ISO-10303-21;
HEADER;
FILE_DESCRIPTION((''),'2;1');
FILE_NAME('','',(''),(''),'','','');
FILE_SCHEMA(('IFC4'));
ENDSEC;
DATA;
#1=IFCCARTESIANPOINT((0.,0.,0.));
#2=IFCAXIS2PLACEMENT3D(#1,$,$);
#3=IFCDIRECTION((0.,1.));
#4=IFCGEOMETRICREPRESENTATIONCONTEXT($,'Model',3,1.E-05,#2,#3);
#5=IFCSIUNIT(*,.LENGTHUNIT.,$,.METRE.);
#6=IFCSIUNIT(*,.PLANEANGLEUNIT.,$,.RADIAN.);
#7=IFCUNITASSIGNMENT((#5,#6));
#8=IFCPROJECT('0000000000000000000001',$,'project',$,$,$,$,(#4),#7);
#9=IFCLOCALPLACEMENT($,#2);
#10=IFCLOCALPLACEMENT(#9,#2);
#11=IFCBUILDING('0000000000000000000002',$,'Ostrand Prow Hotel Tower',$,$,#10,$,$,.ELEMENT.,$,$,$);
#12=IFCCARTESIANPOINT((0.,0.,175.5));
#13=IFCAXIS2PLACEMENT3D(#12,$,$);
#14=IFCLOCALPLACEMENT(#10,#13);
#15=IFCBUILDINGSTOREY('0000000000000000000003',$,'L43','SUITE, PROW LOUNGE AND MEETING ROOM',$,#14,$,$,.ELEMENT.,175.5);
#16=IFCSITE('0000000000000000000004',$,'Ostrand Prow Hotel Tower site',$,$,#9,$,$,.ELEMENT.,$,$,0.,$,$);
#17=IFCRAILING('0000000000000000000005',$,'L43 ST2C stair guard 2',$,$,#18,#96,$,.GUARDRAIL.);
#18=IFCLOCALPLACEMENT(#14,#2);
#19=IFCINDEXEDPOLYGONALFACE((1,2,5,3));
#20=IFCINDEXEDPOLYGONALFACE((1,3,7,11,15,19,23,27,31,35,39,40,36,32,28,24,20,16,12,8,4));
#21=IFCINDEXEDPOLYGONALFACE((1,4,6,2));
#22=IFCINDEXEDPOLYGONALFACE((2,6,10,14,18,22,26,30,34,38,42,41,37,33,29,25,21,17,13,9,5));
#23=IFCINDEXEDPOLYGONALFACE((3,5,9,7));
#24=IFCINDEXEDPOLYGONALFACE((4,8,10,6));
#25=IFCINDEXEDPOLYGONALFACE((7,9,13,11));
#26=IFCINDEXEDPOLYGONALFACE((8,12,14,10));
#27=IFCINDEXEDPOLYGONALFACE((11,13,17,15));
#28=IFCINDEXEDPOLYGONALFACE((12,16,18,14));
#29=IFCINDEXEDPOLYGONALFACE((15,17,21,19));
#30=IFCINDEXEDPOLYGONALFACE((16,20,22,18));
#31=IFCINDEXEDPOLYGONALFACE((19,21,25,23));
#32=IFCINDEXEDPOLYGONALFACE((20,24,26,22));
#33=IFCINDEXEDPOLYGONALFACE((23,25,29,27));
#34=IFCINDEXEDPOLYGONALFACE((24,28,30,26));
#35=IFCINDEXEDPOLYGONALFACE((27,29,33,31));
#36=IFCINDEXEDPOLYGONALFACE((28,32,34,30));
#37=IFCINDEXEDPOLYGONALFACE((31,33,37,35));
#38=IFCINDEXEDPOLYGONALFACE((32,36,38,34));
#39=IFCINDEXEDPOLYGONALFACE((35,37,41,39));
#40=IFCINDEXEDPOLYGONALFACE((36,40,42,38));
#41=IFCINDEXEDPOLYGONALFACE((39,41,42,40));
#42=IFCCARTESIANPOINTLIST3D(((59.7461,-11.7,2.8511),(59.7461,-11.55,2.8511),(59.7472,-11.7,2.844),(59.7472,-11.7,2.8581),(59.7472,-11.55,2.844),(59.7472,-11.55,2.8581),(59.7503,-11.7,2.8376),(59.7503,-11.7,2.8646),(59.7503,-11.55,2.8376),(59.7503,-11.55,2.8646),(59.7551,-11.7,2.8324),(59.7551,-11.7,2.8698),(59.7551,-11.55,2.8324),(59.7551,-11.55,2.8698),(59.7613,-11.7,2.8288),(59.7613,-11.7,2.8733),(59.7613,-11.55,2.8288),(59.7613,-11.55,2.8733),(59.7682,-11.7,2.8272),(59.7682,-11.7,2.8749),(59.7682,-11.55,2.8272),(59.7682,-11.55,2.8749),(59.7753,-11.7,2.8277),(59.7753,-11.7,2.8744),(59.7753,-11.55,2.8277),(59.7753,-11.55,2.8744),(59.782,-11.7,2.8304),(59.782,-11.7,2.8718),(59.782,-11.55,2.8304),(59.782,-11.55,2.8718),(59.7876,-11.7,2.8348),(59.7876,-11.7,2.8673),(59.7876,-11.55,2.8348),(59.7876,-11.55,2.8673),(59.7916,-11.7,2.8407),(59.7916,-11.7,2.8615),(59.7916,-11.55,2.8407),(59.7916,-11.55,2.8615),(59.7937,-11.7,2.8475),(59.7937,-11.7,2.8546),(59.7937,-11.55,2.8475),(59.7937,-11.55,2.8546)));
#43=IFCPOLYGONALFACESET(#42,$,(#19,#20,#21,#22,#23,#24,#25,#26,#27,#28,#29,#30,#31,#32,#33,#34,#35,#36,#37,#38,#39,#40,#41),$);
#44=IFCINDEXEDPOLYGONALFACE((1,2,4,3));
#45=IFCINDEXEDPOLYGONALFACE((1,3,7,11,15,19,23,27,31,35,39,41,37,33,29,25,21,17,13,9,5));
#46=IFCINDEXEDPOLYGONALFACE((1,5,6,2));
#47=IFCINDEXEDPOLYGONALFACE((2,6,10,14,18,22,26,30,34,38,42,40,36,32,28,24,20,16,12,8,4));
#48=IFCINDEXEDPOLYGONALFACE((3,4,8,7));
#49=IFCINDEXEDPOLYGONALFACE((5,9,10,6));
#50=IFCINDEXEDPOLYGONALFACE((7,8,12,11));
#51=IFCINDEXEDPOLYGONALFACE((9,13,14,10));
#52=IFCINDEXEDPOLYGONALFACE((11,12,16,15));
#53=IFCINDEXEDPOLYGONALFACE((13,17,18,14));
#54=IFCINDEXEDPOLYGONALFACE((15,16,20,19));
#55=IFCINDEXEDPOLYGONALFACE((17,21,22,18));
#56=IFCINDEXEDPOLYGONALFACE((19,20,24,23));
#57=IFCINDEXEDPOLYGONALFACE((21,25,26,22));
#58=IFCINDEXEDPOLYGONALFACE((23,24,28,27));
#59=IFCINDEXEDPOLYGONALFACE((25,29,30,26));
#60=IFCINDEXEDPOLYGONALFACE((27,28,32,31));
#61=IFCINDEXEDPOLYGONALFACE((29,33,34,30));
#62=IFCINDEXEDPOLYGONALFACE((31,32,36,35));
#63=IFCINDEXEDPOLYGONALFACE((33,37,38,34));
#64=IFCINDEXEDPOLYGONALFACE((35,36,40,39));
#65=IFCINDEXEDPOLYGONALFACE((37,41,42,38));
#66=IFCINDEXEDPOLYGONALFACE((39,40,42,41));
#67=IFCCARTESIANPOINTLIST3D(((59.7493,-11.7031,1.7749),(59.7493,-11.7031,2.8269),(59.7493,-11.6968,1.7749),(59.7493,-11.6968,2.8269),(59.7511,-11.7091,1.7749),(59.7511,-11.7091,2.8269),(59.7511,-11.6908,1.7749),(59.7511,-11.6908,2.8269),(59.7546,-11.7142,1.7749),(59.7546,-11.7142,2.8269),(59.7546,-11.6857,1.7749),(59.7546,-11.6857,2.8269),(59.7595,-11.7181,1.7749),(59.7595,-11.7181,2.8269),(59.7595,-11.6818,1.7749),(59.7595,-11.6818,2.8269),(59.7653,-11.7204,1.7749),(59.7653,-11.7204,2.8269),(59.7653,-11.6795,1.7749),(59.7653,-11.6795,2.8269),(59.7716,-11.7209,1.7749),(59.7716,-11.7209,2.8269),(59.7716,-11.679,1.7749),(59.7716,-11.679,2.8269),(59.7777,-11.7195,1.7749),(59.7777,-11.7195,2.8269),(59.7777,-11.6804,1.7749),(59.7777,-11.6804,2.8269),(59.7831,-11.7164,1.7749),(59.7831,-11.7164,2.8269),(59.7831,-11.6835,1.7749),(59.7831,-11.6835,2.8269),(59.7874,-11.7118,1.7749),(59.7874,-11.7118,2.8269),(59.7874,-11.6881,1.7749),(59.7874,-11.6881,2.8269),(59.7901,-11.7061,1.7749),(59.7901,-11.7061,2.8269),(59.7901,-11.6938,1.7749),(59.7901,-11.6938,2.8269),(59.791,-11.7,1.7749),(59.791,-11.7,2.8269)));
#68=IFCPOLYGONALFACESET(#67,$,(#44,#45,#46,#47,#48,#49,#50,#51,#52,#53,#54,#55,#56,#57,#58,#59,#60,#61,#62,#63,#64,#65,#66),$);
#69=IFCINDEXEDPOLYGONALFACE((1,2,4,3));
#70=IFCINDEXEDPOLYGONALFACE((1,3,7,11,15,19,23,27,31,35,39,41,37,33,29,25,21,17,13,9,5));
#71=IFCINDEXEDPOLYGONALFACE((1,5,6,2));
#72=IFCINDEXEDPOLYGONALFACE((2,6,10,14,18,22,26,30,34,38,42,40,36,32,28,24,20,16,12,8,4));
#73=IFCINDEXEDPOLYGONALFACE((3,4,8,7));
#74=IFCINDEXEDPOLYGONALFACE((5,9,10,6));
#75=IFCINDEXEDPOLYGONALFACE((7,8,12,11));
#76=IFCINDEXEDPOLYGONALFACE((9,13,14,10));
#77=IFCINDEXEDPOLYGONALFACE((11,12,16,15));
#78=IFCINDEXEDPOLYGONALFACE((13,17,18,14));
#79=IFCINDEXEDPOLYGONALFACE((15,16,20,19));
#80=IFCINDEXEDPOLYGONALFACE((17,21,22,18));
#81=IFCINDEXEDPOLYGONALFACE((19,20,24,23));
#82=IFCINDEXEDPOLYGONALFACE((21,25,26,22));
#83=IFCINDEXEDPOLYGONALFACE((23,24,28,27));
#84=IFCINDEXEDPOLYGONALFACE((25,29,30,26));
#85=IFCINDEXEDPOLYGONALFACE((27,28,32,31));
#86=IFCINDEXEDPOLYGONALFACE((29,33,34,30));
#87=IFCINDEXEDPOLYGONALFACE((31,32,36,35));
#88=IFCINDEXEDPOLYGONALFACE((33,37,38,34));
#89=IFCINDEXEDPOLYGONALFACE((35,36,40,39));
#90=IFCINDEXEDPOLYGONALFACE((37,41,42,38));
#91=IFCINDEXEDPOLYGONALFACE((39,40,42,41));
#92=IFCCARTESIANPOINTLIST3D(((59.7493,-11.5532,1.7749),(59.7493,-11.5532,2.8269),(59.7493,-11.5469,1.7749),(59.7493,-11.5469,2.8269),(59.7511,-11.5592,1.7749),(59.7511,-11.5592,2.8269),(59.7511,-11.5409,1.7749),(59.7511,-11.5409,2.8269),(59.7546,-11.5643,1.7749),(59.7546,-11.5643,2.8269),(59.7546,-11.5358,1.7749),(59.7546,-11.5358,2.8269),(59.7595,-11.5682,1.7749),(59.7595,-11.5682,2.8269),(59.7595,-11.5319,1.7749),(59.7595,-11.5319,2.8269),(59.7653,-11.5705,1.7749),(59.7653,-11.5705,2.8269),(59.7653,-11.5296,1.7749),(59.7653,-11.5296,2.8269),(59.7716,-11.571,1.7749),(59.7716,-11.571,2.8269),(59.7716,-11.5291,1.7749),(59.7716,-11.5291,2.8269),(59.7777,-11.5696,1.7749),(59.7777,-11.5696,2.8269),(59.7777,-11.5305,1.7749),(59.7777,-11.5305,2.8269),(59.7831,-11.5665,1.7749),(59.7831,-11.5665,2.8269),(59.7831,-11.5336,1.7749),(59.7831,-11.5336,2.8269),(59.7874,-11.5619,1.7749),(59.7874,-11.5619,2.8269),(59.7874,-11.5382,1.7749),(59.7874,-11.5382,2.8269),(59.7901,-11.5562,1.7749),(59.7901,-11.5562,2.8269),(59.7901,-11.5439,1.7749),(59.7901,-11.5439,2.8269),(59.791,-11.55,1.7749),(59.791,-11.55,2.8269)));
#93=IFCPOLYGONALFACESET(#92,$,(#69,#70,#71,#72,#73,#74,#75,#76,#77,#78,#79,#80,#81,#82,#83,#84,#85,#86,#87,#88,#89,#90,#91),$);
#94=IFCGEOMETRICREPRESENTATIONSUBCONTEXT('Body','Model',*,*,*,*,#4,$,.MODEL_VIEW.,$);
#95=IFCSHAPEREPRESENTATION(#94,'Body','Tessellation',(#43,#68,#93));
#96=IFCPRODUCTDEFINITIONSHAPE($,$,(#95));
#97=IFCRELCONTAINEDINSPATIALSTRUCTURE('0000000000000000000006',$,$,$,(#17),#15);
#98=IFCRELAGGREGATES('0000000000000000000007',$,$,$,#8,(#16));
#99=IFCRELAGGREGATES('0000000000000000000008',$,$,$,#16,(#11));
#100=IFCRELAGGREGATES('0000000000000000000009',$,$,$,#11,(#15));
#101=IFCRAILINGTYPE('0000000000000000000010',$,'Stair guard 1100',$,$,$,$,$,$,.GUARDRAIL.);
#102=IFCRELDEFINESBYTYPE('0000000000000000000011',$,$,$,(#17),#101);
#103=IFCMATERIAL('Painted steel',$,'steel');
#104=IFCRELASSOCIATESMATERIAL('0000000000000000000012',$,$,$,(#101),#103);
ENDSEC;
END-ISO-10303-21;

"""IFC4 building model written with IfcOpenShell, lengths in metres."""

from ifc_helpers import new_model, si_unit, direction, frame, origin, origin_2d, place, context, subcontext, project, spatial, circle, extrude, material, type_object, element, save


model = new_model("IFC4")

# Units and contexts
model_context = context("Model", 3, precision=1e-05, world=origin(), true_north=direction((0.0, 1.0)))
body_context = subcontext(model_context, "Body", "Model", "MODEL_VIEW")
ifc_project = project(units=[si_unit("LENGTHUNIT", "METRE"), si_unit("PLANEANGLEUNIT", "RADIAN")], contexts=[model_context])

# Site, building, storey
site_placement = place(None, origin())
site = spatial("IfcSite", under=ifc_project, at=site_placement, Name="Ostrand Prow Hotel Tower site", CompositionType="ELEMENT", RefElevation=0.0)
building_placement = place(site_placement, origin())
building = spatial("IfcBuilding", under=site, at=building_placement, Name="Ostrand Prow Hotel Tower", CompositionType="ELEMENT")
storey_placement = place(building_placement, frame((0.0, 0.0, 175.5)))
storey = spatial("IfcBuildingStorey", under=building, at=storey_placement, Name="L43", Description="SUITE, PROW LOUNGE AND MEETING ROOM", CompositionType="ELEMENT", Elevation=175.5)

# Railing
ifc_material_1 = material(Name="Painted steel", Category="steel")
railing_type_1 = type_object("IfcRailingType", Name="Stair guard 1100", PredefinedType="GUARDRAIL", material=ifc_material_1)
railing_1_placement = place(storey_placement, frame((59.77, -11.7, 1.7749)))
element("IfcRailing", 1, at=railing_1_placement, inside=storey, type_object=railing_type_1, Name="L43 ST2C stair guard 2", PredefinedType="GUARDRAIL", context=body_context, shape_type="SweptSolid", body=[
    extrude(circle(Radius=0.0239, at=origin_2d()), frame((0.0, 0.0, 1.0762), z_axis=(0.0, 1.0, 0.0), x_axis=(-1.0, 0.0, 0.0)), (0.0, 0.0, 1.0), 0.1499),
    extrude(circle(Radius=0.021, at=origin_2d()), origin(), (0.0, 0.0, 1.0), 1.052),
    extrude(circle(Radius=0.021, at=origin_2d()), frame((0.0, 0.1499, 0.0)), (0.0, 0.0, 1.0), 1.052),
])

save(model, "model.ifc")
